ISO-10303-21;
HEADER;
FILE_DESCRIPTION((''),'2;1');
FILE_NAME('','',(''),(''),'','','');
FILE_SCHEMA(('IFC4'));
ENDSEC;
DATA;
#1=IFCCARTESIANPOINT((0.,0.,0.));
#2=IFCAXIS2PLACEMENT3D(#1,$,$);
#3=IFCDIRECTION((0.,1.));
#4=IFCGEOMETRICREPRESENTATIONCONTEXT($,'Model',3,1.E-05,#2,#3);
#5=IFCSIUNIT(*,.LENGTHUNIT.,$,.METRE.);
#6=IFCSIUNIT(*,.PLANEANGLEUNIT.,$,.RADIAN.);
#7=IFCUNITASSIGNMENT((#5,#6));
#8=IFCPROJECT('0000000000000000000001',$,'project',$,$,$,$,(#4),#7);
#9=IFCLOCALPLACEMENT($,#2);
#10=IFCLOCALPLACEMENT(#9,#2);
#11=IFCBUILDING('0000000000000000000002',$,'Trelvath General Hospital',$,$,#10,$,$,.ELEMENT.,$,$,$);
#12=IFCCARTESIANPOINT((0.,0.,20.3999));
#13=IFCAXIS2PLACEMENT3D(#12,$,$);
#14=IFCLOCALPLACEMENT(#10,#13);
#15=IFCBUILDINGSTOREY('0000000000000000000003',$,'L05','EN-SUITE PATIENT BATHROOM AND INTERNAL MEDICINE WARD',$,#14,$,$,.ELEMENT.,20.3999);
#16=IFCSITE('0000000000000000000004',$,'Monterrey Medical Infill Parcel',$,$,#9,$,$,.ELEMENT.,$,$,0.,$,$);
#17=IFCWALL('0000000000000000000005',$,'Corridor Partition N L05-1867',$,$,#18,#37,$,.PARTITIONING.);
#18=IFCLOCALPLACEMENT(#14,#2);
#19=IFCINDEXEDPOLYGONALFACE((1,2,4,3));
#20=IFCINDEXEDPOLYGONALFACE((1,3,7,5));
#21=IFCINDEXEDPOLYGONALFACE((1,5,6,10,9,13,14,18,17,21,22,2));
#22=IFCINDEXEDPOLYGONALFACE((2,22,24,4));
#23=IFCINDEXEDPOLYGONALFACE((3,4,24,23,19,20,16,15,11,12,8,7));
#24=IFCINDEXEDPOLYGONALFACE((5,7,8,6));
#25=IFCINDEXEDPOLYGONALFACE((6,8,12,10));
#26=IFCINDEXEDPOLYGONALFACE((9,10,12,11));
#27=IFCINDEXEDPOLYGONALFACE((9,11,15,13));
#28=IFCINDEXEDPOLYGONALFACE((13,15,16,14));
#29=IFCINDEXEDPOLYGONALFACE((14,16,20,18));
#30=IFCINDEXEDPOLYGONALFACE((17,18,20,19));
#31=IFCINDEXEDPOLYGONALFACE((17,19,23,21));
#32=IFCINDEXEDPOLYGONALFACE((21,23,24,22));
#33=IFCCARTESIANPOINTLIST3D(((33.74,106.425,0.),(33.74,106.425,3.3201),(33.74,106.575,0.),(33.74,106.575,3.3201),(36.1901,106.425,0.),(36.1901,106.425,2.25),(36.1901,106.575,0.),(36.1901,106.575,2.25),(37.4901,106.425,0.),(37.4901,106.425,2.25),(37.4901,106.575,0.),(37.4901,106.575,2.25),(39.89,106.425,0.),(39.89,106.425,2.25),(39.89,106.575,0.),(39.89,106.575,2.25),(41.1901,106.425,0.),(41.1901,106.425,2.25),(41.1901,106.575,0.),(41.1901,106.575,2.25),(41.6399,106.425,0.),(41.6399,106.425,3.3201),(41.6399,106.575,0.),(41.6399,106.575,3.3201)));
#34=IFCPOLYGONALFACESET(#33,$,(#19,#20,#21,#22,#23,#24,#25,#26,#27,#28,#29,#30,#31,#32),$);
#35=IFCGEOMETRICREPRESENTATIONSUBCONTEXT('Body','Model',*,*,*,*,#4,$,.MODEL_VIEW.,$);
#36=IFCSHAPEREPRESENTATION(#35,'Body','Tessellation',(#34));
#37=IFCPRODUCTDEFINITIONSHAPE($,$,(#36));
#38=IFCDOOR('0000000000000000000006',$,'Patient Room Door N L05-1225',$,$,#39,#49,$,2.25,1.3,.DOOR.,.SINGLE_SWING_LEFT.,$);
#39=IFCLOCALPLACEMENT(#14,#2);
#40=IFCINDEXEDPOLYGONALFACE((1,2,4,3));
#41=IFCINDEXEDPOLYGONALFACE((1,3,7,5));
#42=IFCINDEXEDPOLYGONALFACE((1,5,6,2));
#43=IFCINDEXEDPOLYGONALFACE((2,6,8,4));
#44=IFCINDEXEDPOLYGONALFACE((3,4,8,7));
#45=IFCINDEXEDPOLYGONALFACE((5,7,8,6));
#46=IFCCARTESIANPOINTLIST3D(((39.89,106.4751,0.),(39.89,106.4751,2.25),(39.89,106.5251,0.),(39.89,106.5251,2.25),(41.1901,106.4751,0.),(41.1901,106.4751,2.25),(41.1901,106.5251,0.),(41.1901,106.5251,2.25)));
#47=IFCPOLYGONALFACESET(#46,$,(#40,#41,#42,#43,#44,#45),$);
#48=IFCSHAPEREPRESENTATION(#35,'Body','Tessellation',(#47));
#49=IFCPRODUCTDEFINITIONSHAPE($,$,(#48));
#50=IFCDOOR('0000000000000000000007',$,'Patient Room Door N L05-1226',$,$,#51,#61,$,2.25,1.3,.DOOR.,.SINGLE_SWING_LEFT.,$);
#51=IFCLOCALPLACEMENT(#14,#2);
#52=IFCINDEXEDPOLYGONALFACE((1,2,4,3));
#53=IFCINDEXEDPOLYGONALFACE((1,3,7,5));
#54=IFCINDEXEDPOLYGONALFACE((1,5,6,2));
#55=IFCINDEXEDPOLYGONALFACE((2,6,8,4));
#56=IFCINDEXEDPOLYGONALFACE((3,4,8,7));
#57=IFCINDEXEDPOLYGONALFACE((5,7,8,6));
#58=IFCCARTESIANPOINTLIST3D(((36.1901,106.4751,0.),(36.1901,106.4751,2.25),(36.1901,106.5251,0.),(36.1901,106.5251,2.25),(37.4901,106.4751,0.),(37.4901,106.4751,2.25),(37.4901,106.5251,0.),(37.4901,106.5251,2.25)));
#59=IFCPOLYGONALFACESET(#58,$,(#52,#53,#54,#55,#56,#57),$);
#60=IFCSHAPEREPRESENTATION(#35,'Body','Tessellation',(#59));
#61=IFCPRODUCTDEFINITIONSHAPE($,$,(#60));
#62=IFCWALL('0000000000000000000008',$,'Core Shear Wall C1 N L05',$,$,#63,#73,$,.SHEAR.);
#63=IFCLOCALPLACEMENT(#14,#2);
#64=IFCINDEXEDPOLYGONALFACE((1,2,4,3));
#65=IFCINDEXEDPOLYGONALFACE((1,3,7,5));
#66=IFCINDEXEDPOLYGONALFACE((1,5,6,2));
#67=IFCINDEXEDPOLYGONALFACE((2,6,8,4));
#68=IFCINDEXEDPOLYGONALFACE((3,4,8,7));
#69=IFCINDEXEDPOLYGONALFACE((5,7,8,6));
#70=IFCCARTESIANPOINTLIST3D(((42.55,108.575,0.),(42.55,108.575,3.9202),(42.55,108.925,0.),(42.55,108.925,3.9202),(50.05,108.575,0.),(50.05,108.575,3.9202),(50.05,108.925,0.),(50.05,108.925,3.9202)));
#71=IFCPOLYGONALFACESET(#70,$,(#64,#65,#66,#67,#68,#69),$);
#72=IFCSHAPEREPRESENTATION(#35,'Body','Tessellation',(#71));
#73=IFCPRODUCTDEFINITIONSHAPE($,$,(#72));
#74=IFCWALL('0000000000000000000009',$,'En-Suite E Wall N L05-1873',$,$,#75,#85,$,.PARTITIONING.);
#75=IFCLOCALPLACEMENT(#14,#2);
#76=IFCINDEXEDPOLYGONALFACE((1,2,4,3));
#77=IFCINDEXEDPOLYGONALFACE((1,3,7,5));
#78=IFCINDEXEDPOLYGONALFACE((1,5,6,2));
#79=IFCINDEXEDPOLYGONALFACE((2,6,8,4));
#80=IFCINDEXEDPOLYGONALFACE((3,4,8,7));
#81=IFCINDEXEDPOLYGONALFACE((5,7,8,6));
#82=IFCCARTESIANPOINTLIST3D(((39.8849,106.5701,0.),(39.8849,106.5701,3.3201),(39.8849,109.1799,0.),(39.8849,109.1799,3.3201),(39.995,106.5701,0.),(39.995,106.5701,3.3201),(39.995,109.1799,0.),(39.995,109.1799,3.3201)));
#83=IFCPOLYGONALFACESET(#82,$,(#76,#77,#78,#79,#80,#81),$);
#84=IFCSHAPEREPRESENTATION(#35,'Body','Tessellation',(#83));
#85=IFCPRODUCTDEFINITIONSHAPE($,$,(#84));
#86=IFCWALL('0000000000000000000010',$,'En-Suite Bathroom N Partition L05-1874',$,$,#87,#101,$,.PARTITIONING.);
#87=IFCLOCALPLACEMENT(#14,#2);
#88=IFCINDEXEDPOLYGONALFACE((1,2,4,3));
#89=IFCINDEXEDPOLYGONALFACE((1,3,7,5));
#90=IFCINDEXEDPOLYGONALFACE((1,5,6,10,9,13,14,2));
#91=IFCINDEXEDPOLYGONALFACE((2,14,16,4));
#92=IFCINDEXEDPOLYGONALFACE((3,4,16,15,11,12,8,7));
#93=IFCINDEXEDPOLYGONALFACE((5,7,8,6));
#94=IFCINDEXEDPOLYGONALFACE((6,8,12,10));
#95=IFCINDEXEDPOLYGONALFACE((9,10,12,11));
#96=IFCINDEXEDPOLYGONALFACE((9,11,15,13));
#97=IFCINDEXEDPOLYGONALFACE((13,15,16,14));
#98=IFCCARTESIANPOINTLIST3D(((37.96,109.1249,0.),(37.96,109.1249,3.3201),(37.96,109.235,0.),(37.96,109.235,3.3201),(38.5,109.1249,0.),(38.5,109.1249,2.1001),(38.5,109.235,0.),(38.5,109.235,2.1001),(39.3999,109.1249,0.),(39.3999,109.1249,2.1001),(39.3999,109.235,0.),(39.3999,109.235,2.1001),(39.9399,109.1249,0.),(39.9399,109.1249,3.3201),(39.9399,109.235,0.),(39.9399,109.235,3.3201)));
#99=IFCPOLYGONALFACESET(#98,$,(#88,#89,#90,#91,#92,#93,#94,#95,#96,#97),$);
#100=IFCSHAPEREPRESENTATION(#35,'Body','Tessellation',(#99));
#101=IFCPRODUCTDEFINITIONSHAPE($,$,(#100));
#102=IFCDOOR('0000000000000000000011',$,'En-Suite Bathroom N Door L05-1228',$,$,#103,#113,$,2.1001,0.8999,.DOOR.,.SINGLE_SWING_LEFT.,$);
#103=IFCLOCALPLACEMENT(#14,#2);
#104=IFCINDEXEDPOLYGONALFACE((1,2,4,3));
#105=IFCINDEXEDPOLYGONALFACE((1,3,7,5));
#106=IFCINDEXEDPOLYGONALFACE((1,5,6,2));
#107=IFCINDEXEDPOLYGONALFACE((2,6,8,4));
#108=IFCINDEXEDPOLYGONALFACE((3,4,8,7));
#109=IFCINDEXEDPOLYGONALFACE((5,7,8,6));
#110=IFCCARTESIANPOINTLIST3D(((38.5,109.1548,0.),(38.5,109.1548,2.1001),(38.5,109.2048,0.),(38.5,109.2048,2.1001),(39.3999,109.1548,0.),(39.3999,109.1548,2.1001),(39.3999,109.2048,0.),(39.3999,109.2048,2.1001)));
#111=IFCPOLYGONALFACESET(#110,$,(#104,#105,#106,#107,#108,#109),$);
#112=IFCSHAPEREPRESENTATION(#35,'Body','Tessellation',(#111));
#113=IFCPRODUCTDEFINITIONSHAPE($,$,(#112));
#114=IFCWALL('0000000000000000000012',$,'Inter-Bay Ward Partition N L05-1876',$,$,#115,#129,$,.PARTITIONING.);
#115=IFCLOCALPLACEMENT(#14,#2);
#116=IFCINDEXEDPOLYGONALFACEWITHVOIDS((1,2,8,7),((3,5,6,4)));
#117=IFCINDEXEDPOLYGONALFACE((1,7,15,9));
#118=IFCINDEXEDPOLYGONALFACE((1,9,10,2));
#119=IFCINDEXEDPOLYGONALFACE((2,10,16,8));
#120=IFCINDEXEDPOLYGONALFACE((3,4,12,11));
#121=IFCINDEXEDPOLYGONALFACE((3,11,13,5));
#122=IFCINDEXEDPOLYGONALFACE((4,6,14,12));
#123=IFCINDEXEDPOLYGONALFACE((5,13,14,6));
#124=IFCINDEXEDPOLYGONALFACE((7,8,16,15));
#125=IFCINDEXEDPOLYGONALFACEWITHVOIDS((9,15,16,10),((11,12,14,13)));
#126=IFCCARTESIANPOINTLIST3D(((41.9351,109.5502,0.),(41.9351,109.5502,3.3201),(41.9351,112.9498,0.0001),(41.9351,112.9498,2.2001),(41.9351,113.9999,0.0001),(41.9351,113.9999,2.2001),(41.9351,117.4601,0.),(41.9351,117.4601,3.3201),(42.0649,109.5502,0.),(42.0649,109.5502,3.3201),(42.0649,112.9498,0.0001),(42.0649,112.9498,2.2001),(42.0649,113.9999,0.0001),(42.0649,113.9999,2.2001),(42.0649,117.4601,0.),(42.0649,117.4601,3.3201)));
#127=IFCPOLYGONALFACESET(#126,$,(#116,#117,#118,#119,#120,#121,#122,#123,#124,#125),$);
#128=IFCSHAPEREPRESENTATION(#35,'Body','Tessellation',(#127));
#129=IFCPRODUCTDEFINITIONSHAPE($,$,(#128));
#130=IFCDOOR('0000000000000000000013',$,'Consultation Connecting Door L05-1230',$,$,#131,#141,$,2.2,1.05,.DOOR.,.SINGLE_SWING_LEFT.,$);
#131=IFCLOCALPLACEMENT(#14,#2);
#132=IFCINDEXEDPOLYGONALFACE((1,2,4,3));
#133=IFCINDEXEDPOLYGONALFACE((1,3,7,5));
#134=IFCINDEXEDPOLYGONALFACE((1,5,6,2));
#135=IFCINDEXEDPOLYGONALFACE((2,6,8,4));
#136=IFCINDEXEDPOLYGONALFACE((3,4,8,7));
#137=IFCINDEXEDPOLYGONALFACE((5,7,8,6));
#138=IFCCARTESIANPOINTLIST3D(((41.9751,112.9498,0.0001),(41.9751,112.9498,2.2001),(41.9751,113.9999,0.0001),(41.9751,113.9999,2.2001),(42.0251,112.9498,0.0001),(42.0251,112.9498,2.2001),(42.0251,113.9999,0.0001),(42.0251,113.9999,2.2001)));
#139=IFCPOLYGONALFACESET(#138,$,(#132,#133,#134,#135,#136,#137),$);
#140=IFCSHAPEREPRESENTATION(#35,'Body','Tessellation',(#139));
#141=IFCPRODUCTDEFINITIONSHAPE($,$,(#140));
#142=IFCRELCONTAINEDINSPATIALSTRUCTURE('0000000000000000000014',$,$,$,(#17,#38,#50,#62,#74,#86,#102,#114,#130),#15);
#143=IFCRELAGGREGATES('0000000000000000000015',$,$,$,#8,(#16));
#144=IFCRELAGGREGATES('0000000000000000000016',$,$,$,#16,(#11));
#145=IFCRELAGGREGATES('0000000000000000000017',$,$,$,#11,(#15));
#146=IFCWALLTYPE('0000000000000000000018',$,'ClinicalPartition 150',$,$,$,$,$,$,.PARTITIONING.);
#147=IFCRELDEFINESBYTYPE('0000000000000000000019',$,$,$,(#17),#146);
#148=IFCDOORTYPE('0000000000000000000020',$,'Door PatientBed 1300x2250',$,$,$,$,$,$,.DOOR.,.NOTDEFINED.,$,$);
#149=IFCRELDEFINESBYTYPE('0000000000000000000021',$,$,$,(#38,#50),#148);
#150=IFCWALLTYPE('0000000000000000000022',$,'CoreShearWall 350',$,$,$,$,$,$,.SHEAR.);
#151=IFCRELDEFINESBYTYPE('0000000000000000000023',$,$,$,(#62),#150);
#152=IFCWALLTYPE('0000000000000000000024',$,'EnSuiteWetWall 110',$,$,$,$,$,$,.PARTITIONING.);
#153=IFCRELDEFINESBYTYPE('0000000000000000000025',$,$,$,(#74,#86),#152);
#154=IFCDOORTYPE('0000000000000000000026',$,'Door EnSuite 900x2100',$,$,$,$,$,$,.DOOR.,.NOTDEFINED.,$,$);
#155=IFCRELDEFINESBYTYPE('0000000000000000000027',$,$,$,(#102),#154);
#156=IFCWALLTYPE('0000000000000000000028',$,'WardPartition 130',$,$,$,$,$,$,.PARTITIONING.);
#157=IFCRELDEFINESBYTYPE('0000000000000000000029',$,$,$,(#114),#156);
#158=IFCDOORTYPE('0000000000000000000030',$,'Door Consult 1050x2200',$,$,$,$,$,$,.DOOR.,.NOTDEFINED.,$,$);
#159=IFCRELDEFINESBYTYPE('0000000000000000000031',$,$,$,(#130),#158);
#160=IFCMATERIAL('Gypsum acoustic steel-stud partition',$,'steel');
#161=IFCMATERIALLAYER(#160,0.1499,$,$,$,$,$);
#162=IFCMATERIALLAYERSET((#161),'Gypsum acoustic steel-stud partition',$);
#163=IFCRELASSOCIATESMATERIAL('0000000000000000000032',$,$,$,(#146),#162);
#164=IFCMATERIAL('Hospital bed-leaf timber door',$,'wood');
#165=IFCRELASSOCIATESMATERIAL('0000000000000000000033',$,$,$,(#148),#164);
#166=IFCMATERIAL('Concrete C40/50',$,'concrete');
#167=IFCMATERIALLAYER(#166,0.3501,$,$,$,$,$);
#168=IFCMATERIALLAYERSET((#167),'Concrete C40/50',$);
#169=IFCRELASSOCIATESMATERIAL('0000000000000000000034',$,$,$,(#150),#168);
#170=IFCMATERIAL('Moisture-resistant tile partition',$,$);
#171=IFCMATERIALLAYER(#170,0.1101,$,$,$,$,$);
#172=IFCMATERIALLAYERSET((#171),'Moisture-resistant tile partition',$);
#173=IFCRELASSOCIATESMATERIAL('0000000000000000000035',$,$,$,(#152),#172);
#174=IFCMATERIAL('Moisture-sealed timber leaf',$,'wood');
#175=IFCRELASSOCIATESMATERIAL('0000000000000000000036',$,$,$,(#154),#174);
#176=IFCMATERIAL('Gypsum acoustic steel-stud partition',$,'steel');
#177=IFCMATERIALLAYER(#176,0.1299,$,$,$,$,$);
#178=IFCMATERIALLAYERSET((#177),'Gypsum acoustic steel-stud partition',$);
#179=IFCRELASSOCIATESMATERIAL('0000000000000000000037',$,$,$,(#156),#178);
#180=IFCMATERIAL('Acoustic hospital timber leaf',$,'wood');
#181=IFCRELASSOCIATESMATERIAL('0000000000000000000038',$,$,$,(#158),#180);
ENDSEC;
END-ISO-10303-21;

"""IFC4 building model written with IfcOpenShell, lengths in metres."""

from ifc_helpers import new_model, si_unit, direction, frame, frame_2d, origin, place, context, subcontext, project, spatial, rectangle, extrude, material, layer, layer_set, type_object, element, fill, save


model = new_model("IFC4")

# Units and contexts
model_context = context("Model", 3, precision=1e-05, world=origin(), true_north=direction((0.0, 1.0)))
body_context = subcontext(model_context, "Body", "Model", "MODEL_VIEW")
ifc_project = project(units=[si_unit("LENGTHUNIT", "METRE"), si_unit("PLANEANGLEUNIT", "RADIAN")], contexts=[model_context])

# Site, building, storey
site_placement = place(None, origin())
site = spatial("IfcSite", under=ifc_project, at=site_placement, Name="Monterrey Medical Infill Parcel", CompositionType="ELEMENT", RefElevation=0.0)
building_placement = place(site_placement, origin())
building = spatial("IfcBuilding", under=site, at=building_placement, Name="Trelvath General Hospital", CompositionType="ELEMENT")
storey_placement = place(building_placement, frame((0.0, 0.0, 20.3999)))
storey = spatial("IfcBuildingStorey", under=building, at=storey_placement, Name="L05", Description="EN-SUITE PATIENT BATHROOM AND INTERNAL MEDICINE WARD", CompositionType="ELEMENT", Elevation=20.3999)

# Wall, openings, doors
ifc_material_1 = material(Name="Gypsum acoustic steel-stud partition", Category="steel")
ifc_layer_1 = layer(ifc_material_1, 0.1499)
ifc_layer_set_1 = layer_set([ifc_layer_1], Name="Gypsum acoustic steel-stud partition")
wall_type_1 = type_object("IfcWallType", Name="ClinicalPartition 150", PredefinedType="PARTITIONING", material=ifc_layer_set_1)
wall_1_placement = place(storey_placement, frame((41.6399, 106.5, 0.0), z_axis=(0.0, 0.0, 1.0), x_axis=(-1.0, 0.0, 0.0)))
wall_1 = element("IfcWall", 1, at=wall_1_placement, inside=storey, type_object=wall_type_1, Name="Corridor Partition N L05-1867", PredefinedType="PARTITIONING", context=body_context, shape_type="SweptSolid", body=[
    extrude(rectangle(XDim=7.8999, YDim=0.1499, at=frame_2d((3.95, 0.0))), origin(), (0.0, 0.0, 1.0), 3.3201),
])
opening_1_placement = place(wall_1_placement, frame((0.45, 0.0, 0.0)))
opening_1 = element("IfcOpeningElement", 2, at=opening_1_placement, cuts=wall_1, PredefinedType="OPENING", context=body_context, shape_type="SweptSolid", body=[
    extrude(rectangle(XDim=1.3, YDim=2.25, at=frame_2d((0.6499, 1.125))), frame((0.0, 0.085, 0.0), z_axis=(0.0, -1.0, 0.0), x_axis=(1.0, 0.0, 0.0)), (0.0, 0.0, 1.0), 0.1699),
])
opening_2_placement = place(wall_1_placement, frame((4.1499, 0.0, 0.0)))
opening_2 = element("IfcOpeningElement", 3, at=opening_2_placement, cuts=wall_1, PredefinedType="OPENING", context=body_context, shape_type="SweptSolid", body=[
    extrude(rectangle(XDim=1.3, YDim=2.25, at=frame_2d((0.6499, 1.125))), frame((0.0, 0.085, 0.0), z_axis=(0.0, -1.0, 0.0), x_axis=(1.0, 0.0, 0.0)), (0.0, 0.0, 1.0), 0.1699),
])
ifc_material_2 = material(Name="Hospital bed-leaf timber door", Category="wood")
door_type_1 = type_object("IfcDoorType", Name="Door PatientBed 1300x2250", OperationType="NOTDEFINED", PredefinedType="DOOR", material=ifc_material_2)
door_1_placement = place(opening_1_placement, origin())
door_1 = element("IfcDoor", 4, at=door_1_placement, inside=storey, type_object=door_type_1, Name="Patient Room Door N L05-1225", OperationType="SINGLE_SWING_LEFT", OverallHeight=2.25, OverallWidth=1.3, PredefinedType="DOOR", context=body_context, shape_type="SweptSolid", body=[
    extrude(rectangle(XDim=1.3, YDim=2.25, at=frame_2d((0.6499, 1.125))), frame((0.0, 0.0249, 0.0), z_axis=(0.0, -1.0, 0.0), x_axis=(1.0, 0.0, 0.0)), (0.0, 0.0, 1.0), 0.05),
])
fill(opening_1, door_1)
door_2_placement = place(opening_2_placement, origin())
door_2 = element("IfcDoor", 5, at=door_2_placement, inside=storey, type_object=door_type_1, Name="Patient Room Door N L05-1226", OperationType="SINGLE_SWING_LEFT", OverallHeight=2.25, OverallWidth=1.3, PredefinedType="DOOR", context=body_context, shape_type="SweptSolid", body=[
    extrude(rectangle(XDim=1.3, YDim=2.25, at=frame_2d((0.6499, 1.125))), frame((0.0, 0.0249, 0.0), z_axis=(0.0, -1.0, 0.0), x_axis=(1.0, 0.0, 0.0)), (0.0, 0.0, 1.0), 0.05),
])
fill(opening_2, door_2)

# Walls
ifc_material_3 = material(Name="Concrete C40/50", Category="concrete")
ifc_layer_2 = layer(ifc_material_3, 0.3501)
ifc_layer_set_2 = layer_set([ifc_layer_2], Name="Concrete C40/50")
wall_type_2 = type_object("IfcWallType", Name="CoreShearWall 350", PredefinedType="SHEAR", material=ifc_layer_set_2)
wall_2_placement = place(storey_placement, frame((42.55, 108.75, 0.0), z_axis=(0.0, 0.0, 1.0), x_axis=(1.0, 0.0, 0.0)))
element("IfcWall", 6, at=wall_2_placement, inside=storey, type_object=wall_type_2, Name="Core Shear Wall C1 N L05", PredefinedType="SHEAR", context=body_context, shape_type="SweptSolid", body=[
    extrude(rectangle(XDim=7.5, YDim=0.3501, at=frame_2d((3.75, 0.0))), origin(), (0.0, 0.0, 1.0), 3.9202),
])
ifc_material_4 = material(Name="Moisture-resistant tile partition")
ifc_layer_3 = layer(ifc_material_4, 0.1101)
ifc_layer_set_3 = layer_set([ifc_layer_3], Name="Moisture-resistant tile partition")
wall_type_3 = type_object("IfcWallType", Name="EnSuiteWetWall 110", PredefinedType="PARTITIONING", material=ifc_layer_set_3)
wall_3_placement = place(storey_placement, frame((39.9399, 106.5701, 0.0), z_axis=(0.0, 0.0, 1.0), x_axis=(0.0, 1.0, 0.0)))
element("IfcWall", 7, at=wall_3_placement, inside=storey, type_object=wall_type_3, Name="En-Suite E Wall N L05-1873", PredefinedType="PARTITIONING", context=body_context, shape_type="SweptSolid", body=[
    extrude(rectangle(XDim=2.6099, YDim=0.1101, at=frame_2d((1.3049, 0.0))), origin(), (0.0, 0.0, 1.0), 3.3201),
])

# Walls, openings, doors
wall_4_placement = place(storey_placement, frame((37.96, 109.1799, 0.0), z_axis=(0.0, 0.0, 1.0), x_axis=(1.0, 0.0, 0.0)))
wall_4 = element("IfcWall", 8, at=wall_4_placement, inside=storey, type_object=wall_type_3, Name="En-Suite Bathroom N Partition L05-1874", PredefinedType="PARTITIONING", context=body_context, shape_type="SweptSolid", body=[
    extrude(rectangle(XDim=1.98, YDim=0.1101, at=frame_2d((0.99, 0.0))), origin(), (0.0, 0.0, 1.0), 3.3201),
])
opening_3_placement = place(wall_4_placement, frame((0.54, 0.0, 0.0)))
opening_3 = element("IfcOpeningElement", 9, at=opening_3_placement, cuts=wall_4, PredefinedType="OPENING", context=body_context, shape_type="SweptSolid", body=[
    extrude(rectangle(XDim=0.8999, YDim=2.1001, at=frame_2d((0.45, 1.05))), frame((0.0, 0.0649, 0.0), z_axis=(0.0, -1.0, 0.0), x_axis=(1.0, 0.0, 0.0)), (0.0, 0.0, 1.0), 0.1301),
])
ifc_material_5 = material(Name="Moisture-sealed timber leaf", Category="wood")
door_type_2 = type_object("IfcDoorType", Name="Door EnSuite 900x2100", OperationType="NOTDEFINED", PredefinedType="DOOR", material=ifc_material_5)
door_3_placement = place(opening_3_placement, origin())
door_3 = element("IfcDoor", 10, at=door_3_placement, inside=storey, type_object=door_type_2, Name="En-Suite Bathroom N Door L05-1228", OperationType="SINGLE_SWING_LEFT", OverallHeight=2.1001, OverallWidth=0.8999, PredefinedType="DOOR", context=body_context, shape_type="SweptSolid", body=[
    extrude(rectangle(XDim=0.8999, YDim=2.1001, at=frame_2d((0.45, 1.05))), frame((0.0, 0.0249, 0.0), z_axis=(0.0, -1.0, 0.0), x_axis=(1.0, 0.0, 0.0)), (0.0, 0.0, 1.0), 0.05),
])
fill(opening_3, door_3)
ifc_material_6 = material(Name="Gypsum acoustic steel-stud partition", Category="steel")
ifc_layer_4 = layer(ifc_material_6, 0.1299)
ifc_layer_set_4 = layer_set([ifc_layer_4], Name="Gypsum acoustic steel-stud partition")
wall_type_4 = type_object("IfcWallType", Name="WardPartition 130", PredefinedType="PARTITIONING", material=ifc_layer_set_4)
wall_5_placement = place(storey_placement, frame((42.0, 109.55, 0.0), z_axis=(0.0, 0.0, 1.0), x_axis=(0.0, 1.0, 0.0)))
wall_5 = element("IfcWall", 11, at=wall_5_placement, inside=storey, type_object=wall_type_4, Name="Inter-Bay Ward Partition N L05-1876", PredefinedType="PARTITIONING", context=body_context, shape_type="SweptSolid", body=[
    extrude(rectangle(XDim=7.9099, YDim=0.1299, at=frame_2d((3.9551, 0.0))), origin(), (0.0, 0.0, 1.0), 3.3201),
])
opening_4_placement = place(wall_5_placement, frame((3.3999, 0.0, 0.0)))
opening_4 = element("IfcOpeningElement", 12, at=opening_4_placement, cuts=wall_5, PredefinedType="OPENING", context=body_context, shape_type="SweptSolid", body=[
    extrude(rectangle(XDim=1.05, YDim=2.2, at=frame_2d((0.5249, 1.1001))), frame((0.0, 0.075, 0.0), z_axis=(0.0, -1.0, 0.0), x_axis=(1.0, 0.0, 0.0)), (0.0, 0.0, 1.0), 0.1499),
])
ifc_material_7 = material(Name="Acoustic hospital timber leaf", Category="wood")
door_type_3 = type_object("IfcDoorType", Name="Door Consult 1050x2200", OperationType="NOTDEFINED", PredefinedType="DOOR", material=ifc_material_7)
door_4_placement = place(opening_4_placement, origin())
door_4 = element("IfcDoor", 13, at=door_4_placement, inside=storey, type_object=door_type_3, Name="Consultation Connecting Door L05-1230", OperationType="SINGLE_SWING_LEFT", OverallHeight=2.2, OverallWidth=1.05, PredefinedType="DOOR", context=body_context, shape_type="SweptSolid", body=[
    extrude(rectangle(XDim=1.05, YDim=2.2, at=frame_2d((0.5249, 1.1001))), frame((0.0, 0.0249, 0.0), z_axis=(0.0, -1.0, 0.0), x_axis=(1.0, 0.0, 0.0)), (0.0, 0.0, 1.0), 0.05),
])
fill(opening_4, door_4)

save(model, "model.ifc")
